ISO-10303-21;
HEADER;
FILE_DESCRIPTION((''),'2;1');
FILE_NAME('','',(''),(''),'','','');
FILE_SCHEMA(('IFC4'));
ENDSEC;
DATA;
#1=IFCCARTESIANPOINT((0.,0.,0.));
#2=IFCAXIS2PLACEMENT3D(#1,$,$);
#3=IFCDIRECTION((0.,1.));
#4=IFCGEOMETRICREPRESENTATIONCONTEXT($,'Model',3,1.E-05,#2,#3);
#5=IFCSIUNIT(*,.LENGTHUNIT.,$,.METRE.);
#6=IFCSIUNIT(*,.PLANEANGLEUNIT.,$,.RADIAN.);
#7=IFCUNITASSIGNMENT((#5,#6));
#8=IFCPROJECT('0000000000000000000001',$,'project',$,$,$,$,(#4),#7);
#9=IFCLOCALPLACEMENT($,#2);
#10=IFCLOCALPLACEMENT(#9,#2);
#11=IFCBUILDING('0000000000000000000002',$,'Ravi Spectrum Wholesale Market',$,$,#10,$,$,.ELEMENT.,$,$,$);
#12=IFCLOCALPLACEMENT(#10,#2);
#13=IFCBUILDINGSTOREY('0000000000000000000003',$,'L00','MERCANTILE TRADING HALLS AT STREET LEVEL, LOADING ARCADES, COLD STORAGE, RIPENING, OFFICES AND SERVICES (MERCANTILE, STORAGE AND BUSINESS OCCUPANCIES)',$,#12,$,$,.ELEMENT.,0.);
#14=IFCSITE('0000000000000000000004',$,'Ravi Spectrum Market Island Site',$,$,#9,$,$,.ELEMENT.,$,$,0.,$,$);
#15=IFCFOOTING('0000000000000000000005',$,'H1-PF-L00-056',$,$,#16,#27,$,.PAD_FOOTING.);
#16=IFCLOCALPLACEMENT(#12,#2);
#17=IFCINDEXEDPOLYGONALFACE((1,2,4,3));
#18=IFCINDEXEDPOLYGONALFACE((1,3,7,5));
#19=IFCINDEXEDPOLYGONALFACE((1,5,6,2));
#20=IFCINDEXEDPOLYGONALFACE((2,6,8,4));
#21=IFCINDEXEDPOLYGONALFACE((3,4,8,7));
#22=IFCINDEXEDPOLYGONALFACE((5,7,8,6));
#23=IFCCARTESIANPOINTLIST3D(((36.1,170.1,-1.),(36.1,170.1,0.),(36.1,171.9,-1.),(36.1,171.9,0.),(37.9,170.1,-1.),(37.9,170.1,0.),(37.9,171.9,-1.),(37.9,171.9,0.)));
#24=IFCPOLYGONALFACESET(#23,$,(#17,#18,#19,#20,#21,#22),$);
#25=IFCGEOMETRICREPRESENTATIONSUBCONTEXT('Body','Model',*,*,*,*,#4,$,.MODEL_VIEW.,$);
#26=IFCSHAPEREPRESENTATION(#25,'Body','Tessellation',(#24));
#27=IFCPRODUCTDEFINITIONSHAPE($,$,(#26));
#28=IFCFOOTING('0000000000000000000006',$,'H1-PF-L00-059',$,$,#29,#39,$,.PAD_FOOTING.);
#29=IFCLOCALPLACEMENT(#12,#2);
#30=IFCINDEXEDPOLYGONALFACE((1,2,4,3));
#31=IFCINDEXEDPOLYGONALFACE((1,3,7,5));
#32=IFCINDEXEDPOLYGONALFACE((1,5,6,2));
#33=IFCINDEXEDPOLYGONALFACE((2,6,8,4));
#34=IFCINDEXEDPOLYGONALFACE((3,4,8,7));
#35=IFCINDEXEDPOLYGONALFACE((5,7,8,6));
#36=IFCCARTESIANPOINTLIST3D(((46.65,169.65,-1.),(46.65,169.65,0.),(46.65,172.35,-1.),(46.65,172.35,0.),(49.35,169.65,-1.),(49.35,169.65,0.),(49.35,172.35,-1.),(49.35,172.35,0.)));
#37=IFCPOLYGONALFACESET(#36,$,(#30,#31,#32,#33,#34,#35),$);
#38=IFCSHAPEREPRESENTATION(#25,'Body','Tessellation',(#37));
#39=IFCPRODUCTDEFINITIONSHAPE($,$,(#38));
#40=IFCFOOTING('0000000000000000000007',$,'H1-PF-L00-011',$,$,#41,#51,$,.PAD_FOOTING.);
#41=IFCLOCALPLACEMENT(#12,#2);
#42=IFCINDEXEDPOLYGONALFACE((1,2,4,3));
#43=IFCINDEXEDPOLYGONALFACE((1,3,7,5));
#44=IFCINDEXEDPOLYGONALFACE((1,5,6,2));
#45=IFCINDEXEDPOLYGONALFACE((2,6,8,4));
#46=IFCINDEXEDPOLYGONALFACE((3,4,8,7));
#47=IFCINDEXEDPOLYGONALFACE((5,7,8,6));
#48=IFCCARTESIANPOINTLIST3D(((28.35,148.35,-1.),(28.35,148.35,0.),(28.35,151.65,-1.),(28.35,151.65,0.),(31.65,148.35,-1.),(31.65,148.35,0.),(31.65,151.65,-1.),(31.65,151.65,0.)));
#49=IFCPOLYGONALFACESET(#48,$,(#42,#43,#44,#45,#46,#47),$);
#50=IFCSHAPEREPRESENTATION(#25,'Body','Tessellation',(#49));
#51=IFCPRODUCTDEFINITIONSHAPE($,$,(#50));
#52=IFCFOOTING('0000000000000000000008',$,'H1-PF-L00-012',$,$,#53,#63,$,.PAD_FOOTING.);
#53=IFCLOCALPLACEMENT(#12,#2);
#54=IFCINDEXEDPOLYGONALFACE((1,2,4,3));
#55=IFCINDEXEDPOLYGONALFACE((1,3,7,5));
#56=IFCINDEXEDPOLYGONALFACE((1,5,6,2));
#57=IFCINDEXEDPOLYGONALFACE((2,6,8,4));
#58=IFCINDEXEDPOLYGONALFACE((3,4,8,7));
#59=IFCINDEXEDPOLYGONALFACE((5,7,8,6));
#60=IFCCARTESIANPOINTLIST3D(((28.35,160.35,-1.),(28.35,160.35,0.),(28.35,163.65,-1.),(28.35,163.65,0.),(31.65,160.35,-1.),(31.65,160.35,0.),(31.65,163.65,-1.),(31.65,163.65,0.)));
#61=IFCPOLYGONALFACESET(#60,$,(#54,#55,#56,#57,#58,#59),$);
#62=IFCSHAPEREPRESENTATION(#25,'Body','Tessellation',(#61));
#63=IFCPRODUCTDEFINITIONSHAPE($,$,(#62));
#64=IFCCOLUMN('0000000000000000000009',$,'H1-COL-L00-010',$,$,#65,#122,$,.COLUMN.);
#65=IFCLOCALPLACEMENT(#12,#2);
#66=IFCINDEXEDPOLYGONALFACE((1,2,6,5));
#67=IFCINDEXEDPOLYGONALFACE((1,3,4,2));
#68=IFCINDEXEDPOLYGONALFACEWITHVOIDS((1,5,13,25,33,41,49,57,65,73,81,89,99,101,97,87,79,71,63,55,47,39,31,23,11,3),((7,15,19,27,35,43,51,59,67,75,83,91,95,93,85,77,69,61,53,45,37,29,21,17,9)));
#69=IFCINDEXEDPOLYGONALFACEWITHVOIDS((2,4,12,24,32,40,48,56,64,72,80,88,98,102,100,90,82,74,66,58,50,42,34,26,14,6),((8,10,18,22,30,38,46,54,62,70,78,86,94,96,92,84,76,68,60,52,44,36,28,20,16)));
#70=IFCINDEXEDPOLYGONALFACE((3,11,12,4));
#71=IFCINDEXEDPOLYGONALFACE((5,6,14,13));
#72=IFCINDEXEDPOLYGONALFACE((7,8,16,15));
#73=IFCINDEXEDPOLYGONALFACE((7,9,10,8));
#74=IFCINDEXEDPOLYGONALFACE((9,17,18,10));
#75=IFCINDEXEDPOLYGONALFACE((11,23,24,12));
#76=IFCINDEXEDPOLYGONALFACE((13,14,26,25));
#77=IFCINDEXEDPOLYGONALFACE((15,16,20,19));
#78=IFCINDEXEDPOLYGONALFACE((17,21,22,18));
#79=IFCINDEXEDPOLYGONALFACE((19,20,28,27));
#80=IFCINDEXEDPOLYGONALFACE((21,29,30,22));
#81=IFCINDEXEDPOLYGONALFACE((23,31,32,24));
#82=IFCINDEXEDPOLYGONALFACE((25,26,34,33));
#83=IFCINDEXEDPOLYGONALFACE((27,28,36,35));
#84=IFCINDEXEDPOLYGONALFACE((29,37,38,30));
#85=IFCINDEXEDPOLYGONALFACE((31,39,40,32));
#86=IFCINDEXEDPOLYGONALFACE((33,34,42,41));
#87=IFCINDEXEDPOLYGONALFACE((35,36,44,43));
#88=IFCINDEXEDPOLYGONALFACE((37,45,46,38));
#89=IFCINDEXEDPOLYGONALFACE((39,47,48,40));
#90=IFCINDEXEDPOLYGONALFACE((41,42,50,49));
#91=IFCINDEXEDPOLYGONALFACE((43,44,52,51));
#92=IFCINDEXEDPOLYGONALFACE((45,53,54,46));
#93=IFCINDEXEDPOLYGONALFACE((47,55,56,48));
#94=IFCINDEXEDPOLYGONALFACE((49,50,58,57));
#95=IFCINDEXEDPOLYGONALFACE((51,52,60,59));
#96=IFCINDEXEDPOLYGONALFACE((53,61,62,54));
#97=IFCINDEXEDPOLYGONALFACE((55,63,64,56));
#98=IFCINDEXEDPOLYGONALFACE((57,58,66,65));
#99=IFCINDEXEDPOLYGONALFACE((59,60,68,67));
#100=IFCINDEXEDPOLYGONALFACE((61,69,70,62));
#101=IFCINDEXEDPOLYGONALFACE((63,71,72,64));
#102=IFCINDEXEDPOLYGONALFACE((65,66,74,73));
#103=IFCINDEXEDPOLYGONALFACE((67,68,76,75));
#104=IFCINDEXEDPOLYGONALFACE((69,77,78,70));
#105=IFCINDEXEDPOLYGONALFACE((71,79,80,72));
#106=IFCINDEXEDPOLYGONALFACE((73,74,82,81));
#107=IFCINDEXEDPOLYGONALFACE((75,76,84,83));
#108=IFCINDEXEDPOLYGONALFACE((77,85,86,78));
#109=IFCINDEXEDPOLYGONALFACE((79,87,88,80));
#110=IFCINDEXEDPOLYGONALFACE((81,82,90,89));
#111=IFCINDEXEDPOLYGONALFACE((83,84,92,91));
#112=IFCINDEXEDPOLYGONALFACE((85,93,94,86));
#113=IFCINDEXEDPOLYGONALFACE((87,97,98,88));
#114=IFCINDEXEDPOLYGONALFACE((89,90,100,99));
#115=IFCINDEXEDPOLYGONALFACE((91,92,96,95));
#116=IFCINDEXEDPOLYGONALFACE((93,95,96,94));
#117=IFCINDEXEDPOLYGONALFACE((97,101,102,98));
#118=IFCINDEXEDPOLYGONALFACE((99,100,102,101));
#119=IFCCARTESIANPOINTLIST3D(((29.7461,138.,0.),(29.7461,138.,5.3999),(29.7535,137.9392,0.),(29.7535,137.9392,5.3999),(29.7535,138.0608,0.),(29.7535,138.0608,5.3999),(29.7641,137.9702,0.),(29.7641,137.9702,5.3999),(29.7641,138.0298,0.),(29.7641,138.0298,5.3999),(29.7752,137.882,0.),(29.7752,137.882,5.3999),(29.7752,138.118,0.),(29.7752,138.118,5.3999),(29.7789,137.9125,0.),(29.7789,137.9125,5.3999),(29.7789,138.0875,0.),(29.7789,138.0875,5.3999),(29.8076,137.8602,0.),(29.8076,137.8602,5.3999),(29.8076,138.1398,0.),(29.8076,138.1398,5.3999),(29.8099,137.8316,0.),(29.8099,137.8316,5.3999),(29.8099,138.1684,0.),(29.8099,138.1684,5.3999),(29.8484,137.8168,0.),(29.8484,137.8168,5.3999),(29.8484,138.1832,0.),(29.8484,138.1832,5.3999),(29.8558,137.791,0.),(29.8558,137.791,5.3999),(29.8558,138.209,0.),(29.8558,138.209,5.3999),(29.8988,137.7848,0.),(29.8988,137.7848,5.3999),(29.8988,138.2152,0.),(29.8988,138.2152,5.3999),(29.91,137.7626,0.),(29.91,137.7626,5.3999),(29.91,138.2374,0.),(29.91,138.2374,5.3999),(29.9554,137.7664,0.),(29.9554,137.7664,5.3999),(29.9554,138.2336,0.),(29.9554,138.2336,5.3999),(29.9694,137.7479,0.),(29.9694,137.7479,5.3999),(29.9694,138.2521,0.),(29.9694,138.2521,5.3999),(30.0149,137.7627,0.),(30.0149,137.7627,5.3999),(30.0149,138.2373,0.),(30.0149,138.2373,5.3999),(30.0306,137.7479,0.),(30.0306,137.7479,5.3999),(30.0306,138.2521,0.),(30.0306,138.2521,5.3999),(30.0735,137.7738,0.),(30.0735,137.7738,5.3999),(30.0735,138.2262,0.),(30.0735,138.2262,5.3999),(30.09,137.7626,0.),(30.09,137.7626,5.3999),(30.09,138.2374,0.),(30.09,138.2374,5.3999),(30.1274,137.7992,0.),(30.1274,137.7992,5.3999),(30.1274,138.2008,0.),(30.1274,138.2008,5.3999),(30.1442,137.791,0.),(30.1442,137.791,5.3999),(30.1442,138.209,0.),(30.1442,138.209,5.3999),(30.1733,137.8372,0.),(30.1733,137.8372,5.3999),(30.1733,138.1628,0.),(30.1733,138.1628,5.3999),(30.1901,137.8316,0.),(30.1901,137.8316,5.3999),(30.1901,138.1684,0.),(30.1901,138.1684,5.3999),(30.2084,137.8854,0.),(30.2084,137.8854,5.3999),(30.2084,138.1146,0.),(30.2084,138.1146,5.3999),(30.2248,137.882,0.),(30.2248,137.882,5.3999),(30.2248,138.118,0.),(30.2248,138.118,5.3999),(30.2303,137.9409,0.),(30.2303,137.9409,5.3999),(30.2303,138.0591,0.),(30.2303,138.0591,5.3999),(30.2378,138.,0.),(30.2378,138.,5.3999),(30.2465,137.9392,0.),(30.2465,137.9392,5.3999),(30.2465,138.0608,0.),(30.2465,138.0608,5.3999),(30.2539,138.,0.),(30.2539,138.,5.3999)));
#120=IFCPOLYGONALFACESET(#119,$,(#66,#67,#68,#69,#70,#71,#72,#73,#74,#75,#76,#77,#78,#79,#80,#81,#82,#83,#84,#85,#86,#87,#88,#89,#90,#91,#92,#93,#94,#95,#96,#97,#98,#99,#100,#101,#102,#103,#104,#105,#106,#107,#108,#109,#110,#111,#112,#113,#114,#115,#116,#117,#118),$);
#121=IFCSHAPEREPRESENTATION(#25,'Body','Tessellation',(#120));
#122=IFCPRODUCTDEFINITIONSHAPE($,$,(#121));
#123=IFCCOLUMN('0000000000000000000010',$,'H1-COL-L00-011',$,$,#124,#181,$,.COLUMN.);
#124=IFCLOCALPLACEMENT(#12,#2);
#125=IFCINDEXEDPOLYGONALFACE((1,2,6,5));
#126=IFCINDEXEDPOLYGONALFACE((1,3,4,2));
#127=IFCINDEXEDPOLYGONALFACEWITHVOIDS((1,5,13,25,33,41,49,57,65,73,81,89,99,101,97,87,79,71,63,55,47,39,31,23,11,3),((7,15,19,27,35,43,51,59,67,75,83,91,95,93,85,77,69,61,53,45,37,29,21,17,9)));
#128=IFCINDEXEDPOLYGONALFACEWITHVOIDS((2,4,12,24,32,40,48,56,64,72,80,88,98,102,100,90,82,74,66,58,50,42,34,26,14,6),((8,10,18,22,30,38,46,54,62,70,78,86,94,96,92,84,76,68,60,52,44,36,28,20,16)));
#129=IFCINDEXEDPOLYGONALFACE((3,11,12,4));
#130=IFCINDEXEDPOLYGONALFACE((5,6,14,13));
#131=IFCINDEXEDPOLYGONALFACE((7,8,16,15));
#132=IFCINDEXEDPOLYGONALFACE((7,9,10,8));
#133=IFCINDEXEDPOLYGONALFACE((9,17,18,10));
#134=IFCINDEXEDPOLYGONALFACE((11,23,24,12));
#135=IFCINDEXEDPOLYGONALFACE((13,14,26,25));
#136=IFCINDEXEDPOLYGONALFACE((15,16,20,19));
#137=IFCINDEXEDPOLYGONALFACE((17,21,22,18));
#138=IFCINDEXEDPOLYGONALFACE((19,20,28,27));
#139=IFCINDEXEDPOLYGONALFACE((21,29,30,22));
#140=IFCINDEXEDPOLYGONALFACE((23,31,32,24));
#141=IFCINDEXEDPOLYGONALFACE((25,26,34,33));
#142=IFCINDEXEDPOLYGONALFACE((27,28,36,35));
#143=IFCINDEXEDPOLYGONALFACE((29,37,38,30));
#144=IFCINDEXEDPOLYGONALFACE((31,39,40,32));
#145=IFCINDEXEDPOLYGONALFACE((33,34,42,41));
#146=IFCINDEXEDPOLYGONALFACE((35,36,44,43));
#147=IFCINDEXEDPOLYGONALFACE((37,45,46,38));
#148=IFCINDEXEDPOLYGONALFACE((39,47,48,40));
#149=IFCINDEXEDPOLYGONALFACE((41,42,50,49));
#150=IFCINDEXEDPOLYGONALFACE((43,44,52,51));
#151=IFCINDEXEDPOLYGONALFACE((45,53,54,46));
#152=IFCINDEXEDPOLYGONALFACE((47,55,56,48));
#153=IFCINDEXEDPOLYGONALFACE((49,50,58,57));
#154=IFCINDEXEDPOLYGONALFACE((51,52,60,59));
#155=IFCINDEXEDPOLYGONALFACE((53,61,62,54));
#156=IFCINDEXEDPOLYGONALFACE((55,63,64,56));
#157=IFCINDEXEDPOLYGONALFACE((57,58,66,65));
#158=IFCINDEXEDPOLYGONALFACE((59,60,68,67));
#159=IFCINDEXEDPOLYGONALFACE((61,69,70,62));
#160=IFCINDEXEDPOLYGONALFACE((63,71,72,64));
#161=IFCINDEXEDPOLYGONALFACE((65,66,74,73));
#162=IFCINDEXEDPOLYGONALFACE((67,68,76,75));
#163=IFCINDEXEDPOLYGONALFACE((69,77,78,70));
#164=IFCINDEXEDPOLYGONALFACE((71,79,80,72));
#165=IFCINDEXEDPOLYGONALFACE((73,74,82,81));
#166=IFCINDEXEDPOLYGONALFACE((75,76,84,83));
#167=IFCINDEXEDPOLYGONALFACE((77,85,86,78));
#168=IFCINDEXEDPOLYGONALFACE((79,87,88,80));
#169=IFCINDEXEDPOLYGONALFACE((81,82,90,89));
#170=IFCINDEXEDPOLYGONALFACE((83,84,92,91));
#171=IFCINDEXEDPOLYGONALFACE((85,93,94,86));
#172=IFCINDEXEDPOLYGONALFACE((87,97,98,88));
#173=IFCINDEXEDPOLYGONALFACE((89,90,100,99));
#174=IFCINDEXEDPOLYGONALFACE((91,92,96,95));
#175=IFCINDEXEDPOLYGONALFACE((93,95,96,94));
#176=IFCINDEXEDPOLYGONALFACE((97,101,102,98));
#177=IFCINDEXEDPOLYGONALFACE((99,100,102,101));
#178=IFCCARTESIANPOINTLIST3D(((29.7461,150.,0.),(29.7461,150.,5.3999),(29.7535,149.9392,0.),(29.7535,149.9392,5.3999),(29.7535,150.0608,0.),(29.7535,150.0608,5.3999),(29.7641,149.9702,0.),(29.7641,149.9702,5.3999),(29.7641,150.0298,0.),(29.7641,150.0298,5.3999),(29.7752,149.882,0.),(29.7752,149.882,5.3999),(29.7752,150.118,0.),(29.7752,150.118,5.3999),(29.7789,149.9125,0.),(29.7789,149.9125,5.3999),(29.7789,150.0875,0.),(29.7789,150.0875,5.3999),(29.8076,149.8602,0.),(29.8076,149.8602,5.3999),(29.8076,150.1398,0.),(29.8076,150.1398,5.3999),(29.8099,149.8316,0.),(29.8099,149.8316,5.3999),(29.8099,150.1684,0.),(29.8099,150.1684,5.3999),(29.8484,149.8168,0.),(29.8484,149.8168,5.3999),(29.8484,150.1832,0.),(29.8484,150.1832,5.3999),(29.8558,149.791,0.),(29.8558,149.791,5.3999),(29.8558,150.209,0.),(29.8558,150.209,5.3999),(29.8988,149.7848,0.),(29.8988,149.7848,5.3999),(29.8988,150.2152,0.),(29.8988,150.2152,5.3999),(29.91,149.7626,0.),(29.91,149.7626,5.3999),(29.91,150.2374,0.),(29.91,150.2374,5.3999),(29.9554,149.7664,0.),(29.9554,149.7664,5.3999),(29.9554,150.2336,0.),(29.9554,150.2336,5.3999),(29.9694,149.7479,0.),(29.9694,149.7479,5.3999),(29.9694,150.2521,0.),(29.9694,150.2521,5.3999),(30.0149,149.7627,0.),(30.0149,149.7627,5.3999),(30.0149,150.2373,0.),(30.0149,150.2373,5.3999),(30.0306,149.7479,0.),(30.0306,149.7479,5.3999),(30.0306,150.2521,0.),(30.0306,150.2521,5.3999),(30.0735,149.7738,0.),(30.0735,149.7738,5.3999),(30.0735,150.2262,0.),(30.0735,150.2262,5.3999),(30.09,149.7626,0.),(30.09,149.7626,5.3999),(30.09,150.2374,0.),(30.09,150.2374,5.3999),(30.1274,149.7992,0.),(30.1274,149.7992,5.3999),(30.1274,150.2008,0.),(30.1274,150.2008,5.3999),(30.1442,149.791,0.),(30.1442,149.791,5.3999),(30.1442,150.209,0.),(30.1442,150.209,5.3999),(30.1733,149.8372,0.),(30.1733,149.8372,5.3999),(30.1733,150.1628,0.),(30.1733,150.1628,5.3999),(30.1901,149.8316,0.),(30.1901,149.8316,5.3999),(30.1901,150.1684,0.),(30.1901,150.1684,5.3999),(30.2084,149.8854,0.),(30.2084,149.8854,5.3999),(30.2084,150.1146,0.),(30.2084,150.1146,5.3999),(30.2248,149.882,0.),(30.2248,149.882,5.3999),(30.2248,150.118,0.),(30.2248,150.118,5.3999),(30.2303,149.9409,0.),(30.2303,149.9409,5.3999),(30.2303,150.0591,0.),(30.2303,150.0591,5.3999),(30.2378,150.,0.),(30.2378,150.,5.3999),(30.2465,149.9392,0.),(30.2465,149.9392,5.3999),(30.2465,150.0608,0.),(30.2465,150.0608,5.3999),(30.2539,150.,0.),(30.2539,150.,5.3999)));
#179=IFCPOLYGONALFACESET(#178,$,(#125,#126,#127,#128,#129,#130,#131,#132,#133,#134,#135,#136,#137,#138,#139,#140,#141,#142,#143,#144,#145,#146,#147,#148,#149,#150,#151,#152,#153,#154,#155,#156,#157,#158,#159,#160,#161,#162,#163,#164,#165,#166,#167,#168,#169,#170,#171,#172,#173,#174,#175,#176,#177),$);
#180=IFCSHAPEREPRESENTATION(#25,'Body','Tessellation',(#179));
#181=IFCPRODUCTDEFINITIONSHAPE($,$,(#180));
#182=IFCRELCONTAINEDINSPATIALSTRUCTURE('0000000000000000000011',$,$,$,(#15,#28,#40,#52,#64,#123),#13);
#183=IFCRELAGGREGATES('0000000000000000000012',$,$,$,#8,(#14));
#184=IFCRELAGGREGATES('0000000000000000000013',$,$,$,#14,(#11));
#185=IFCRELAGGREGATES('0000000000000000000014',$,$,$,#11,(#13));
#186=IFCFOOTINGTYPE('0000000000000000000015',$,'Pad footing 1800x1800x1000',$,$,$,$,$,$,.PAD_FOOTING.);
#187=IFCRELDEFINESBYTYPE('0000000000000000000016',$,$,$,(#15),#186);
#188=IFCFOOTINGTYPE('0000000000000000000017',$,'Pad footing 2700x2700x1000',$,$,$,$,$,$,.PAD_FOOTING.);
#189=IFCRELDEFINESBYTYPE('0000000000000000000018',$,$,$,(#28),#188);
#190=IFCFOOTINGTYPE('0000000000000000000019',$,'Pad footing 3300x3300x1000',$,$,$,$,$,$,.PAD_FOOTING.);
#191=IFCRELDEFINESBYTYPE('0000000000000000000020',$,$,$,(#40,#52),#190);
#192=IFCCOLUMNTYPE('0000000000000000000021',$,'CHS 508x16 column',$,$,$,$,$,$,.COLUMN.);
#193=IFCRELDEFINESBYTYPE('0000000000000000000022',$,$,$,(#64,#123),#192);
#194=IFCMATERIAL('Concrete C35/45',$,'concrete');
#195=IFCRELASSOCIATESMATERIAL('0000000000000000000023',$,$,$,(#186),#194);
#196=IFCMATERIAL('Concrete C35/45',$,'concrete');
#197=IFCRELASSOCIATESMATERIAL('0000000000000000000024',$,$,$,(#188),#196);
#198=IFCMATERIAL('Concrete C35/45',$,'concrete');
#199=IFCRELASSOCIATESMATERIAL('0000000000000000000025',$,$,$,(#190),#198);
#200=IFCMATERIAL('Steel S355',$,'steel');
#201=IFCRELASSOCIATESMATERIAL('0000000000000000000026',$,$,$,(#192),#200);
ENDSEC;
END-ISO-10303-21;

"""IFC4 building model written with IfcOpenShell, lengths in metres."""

from ifc_helpers import new_model, si_unit, direction, frame, origin, origin_2d, place, context, subcontext, project, spatial, rectangle, hollow_circle, extrude, material, material_profile, profile_set, type_object, element, save


model = new_model("IFC4")

# Units and contexts
model_context = context("Model", 3, precision=1e-05, world=origin(), true_north=direction((0.0, 1.0)))
body_context = subcontext(model_context, "Body", "Model", "MODEL_VIEW")
ifc_project = project(units=[si_unit("LENGTHUNIT", "METRE"), si_unit("PLANEANGLEUNIT", "RADIAN")], contexts=[model_context])

# Site, building, storey
site_placement = place(None, origin())
site = spatial("IfcSite", under=ifc_project, at=site_placement, Name="Ravi Spectrum Market Island Site", CompositionType="ELEMENT", RefElevation=0.0)
building_placement = place(site_placement, origin())
building = spatial("IfcBuilding", under=site, at=building_placement, Name="Ravi Spectrum Wholesale Market", CompositionType="ELEMENT")
storey_placement = place(building_placement, origin())
storey = spatial("IfcBuildingStorey", under=building, at=storey_placement, Name="L00", Description="MERCANTILE TRADING HALLS AT STREET LEVEL, LOADING ARCADES, COLD STORAGE, RIPENING, OFFICES AND SERVICES (MERCANTILE, STORAGE AND BUSINESS OCCUPANCIES)", CompositionType="ELEMENT", Elevation=0.0)

# Footings
ifc_material_1 = material(Name="Concrete C35/45", Category="concrete")
footing_type_1 = type_object("IfcFootingType", Name="Pad footing 1800x1800x1000", PredefinedType="PAD_FOOTING", material=ifc_material_1)
footing_1_placement = place(storey_placement, frame((37.0, 171.0, -1.0), z_axis=(0.0, 0.0, 1.0), x_axis=(1.0, 0.0, 0.0)))
element("IfcFooting", 1, at=footing_1_placement, inside=storey, type_object=footing_type_1, Name="H1-PF-L00-056", PredefinedType="PAD_FOOTING", context=body_context, shape_type="SweptSolid", body=[
    extrude(rectangle(XDim=1.8, YDim=1.8, at=origin_2d()), origin(), (0.0, 0.0, 1.0), 1.0),
])
ifc_material_2 = material(Name="Concrete C35/45", Category="concrete")
footing_type_2 = type_object("IfcFootingType", Name="Pad footing 2700x2700x1000", PredefinedType="PAD_FOOTING", material=ifc_material_2)
footing_2_placement = place(storey_placement, frame((48.0, 171.0, -1.0), z_axis=(0.0, 0.0, 1.0), x_axis=(1.0, 0.0, 0.0)))
element("IfcFooting", 2, at=footing_2_placement, inside=storey, type_object=footing_type_2, Name="H1-PF-L00-059", PredefinedType="PAD_FOOTING", context=body_context, shape_type="SweptSolid", body=[
    extrude(rectangle(XDim=2.7, YDim=2.7, at=origin_2d()), origin(), (0.0, 0.0, 1.0), 1.0),
])
ifc_material_3 = material(Name="Concrete C35/45", Category="concrete")
footing_type_3 = type_object("IfcFootingType", Name="Pad footing 3300x3300x1000", PredefinedType="PAD_FOOTING", material=ifc_material_3)
for number, where, z_axis, x_axis, name in (
    (3, (30.0, 150.0, -1.0), (0.0, 0.0, 1.0), (1.0, 0.0, 0.0), "H1-PF-L00-011"),
    (4, (30.0, 162.0, -1.0), (0.0, 0.0, 1.0), (1.0, 0.0, 0.0), "H1-PF-L00-012"),
):
    element("IfcFooting", number, at=place(storey_placement, frame(where, z_axis=z_axis, x_axis=x_axis)), inside=storey, type_object=footing_type_3, Name=name, PredefinedType="PAD_FOOTING", context=body_context, shape_type="SweptSolid", body=[
        extrude(rectangle(XDim=3.3, YDim=3.3, at=origin_2d()), origin(), (0.0, 0.0, 1.0), 1.0),
    ])

# Columns
ifc_material_4 = material(Name="Steel S355", Category="steel")
ifc_material_profile_1 = material_profile(ifc_material_4, hollow_circle(Radius=0.2539, WallThickness=0.0161, at=origin_2d()))
ifc_profile_set_1 = profile_set([ifc_material_profile_1], Name="Steel S355")
column_type_1 = type_object("IfcColumnType", Name="CHS 508x16 column", PredefinedType="COLUMN", material=ifc_profile_set_1)
for number, where, z_axis, x_axis, name in (
    (5, (30.0, 138.0, 0.0), (0.0, 0.0, 1.0), (1.0, 0.0, 0.0), "H1-COL-L00-010"),
    (6, (30.0, 150.0, 0.0), (0.0, 0.0, 1.0), (1.0, 0.0, 0.0), "H1-COL-L00-011"),
):
    element("IfcColumn", number, at=place(storey_placement, frame(where, z_axis=z_axis, x_axis=x_axis)), inside=storey, type_object=column_type_1, Name=name, PredefinedType="COLUMN", context=body_context, shape_type="SweptSolid", body=[
        extrude(hollow_circle(Radius=0.2539, WallThickness=0.0161, at=origin_2d()), origin(), (0.0, 0.0, 1.0), 5.3999),
    ])

save(model, "model.ifc")
